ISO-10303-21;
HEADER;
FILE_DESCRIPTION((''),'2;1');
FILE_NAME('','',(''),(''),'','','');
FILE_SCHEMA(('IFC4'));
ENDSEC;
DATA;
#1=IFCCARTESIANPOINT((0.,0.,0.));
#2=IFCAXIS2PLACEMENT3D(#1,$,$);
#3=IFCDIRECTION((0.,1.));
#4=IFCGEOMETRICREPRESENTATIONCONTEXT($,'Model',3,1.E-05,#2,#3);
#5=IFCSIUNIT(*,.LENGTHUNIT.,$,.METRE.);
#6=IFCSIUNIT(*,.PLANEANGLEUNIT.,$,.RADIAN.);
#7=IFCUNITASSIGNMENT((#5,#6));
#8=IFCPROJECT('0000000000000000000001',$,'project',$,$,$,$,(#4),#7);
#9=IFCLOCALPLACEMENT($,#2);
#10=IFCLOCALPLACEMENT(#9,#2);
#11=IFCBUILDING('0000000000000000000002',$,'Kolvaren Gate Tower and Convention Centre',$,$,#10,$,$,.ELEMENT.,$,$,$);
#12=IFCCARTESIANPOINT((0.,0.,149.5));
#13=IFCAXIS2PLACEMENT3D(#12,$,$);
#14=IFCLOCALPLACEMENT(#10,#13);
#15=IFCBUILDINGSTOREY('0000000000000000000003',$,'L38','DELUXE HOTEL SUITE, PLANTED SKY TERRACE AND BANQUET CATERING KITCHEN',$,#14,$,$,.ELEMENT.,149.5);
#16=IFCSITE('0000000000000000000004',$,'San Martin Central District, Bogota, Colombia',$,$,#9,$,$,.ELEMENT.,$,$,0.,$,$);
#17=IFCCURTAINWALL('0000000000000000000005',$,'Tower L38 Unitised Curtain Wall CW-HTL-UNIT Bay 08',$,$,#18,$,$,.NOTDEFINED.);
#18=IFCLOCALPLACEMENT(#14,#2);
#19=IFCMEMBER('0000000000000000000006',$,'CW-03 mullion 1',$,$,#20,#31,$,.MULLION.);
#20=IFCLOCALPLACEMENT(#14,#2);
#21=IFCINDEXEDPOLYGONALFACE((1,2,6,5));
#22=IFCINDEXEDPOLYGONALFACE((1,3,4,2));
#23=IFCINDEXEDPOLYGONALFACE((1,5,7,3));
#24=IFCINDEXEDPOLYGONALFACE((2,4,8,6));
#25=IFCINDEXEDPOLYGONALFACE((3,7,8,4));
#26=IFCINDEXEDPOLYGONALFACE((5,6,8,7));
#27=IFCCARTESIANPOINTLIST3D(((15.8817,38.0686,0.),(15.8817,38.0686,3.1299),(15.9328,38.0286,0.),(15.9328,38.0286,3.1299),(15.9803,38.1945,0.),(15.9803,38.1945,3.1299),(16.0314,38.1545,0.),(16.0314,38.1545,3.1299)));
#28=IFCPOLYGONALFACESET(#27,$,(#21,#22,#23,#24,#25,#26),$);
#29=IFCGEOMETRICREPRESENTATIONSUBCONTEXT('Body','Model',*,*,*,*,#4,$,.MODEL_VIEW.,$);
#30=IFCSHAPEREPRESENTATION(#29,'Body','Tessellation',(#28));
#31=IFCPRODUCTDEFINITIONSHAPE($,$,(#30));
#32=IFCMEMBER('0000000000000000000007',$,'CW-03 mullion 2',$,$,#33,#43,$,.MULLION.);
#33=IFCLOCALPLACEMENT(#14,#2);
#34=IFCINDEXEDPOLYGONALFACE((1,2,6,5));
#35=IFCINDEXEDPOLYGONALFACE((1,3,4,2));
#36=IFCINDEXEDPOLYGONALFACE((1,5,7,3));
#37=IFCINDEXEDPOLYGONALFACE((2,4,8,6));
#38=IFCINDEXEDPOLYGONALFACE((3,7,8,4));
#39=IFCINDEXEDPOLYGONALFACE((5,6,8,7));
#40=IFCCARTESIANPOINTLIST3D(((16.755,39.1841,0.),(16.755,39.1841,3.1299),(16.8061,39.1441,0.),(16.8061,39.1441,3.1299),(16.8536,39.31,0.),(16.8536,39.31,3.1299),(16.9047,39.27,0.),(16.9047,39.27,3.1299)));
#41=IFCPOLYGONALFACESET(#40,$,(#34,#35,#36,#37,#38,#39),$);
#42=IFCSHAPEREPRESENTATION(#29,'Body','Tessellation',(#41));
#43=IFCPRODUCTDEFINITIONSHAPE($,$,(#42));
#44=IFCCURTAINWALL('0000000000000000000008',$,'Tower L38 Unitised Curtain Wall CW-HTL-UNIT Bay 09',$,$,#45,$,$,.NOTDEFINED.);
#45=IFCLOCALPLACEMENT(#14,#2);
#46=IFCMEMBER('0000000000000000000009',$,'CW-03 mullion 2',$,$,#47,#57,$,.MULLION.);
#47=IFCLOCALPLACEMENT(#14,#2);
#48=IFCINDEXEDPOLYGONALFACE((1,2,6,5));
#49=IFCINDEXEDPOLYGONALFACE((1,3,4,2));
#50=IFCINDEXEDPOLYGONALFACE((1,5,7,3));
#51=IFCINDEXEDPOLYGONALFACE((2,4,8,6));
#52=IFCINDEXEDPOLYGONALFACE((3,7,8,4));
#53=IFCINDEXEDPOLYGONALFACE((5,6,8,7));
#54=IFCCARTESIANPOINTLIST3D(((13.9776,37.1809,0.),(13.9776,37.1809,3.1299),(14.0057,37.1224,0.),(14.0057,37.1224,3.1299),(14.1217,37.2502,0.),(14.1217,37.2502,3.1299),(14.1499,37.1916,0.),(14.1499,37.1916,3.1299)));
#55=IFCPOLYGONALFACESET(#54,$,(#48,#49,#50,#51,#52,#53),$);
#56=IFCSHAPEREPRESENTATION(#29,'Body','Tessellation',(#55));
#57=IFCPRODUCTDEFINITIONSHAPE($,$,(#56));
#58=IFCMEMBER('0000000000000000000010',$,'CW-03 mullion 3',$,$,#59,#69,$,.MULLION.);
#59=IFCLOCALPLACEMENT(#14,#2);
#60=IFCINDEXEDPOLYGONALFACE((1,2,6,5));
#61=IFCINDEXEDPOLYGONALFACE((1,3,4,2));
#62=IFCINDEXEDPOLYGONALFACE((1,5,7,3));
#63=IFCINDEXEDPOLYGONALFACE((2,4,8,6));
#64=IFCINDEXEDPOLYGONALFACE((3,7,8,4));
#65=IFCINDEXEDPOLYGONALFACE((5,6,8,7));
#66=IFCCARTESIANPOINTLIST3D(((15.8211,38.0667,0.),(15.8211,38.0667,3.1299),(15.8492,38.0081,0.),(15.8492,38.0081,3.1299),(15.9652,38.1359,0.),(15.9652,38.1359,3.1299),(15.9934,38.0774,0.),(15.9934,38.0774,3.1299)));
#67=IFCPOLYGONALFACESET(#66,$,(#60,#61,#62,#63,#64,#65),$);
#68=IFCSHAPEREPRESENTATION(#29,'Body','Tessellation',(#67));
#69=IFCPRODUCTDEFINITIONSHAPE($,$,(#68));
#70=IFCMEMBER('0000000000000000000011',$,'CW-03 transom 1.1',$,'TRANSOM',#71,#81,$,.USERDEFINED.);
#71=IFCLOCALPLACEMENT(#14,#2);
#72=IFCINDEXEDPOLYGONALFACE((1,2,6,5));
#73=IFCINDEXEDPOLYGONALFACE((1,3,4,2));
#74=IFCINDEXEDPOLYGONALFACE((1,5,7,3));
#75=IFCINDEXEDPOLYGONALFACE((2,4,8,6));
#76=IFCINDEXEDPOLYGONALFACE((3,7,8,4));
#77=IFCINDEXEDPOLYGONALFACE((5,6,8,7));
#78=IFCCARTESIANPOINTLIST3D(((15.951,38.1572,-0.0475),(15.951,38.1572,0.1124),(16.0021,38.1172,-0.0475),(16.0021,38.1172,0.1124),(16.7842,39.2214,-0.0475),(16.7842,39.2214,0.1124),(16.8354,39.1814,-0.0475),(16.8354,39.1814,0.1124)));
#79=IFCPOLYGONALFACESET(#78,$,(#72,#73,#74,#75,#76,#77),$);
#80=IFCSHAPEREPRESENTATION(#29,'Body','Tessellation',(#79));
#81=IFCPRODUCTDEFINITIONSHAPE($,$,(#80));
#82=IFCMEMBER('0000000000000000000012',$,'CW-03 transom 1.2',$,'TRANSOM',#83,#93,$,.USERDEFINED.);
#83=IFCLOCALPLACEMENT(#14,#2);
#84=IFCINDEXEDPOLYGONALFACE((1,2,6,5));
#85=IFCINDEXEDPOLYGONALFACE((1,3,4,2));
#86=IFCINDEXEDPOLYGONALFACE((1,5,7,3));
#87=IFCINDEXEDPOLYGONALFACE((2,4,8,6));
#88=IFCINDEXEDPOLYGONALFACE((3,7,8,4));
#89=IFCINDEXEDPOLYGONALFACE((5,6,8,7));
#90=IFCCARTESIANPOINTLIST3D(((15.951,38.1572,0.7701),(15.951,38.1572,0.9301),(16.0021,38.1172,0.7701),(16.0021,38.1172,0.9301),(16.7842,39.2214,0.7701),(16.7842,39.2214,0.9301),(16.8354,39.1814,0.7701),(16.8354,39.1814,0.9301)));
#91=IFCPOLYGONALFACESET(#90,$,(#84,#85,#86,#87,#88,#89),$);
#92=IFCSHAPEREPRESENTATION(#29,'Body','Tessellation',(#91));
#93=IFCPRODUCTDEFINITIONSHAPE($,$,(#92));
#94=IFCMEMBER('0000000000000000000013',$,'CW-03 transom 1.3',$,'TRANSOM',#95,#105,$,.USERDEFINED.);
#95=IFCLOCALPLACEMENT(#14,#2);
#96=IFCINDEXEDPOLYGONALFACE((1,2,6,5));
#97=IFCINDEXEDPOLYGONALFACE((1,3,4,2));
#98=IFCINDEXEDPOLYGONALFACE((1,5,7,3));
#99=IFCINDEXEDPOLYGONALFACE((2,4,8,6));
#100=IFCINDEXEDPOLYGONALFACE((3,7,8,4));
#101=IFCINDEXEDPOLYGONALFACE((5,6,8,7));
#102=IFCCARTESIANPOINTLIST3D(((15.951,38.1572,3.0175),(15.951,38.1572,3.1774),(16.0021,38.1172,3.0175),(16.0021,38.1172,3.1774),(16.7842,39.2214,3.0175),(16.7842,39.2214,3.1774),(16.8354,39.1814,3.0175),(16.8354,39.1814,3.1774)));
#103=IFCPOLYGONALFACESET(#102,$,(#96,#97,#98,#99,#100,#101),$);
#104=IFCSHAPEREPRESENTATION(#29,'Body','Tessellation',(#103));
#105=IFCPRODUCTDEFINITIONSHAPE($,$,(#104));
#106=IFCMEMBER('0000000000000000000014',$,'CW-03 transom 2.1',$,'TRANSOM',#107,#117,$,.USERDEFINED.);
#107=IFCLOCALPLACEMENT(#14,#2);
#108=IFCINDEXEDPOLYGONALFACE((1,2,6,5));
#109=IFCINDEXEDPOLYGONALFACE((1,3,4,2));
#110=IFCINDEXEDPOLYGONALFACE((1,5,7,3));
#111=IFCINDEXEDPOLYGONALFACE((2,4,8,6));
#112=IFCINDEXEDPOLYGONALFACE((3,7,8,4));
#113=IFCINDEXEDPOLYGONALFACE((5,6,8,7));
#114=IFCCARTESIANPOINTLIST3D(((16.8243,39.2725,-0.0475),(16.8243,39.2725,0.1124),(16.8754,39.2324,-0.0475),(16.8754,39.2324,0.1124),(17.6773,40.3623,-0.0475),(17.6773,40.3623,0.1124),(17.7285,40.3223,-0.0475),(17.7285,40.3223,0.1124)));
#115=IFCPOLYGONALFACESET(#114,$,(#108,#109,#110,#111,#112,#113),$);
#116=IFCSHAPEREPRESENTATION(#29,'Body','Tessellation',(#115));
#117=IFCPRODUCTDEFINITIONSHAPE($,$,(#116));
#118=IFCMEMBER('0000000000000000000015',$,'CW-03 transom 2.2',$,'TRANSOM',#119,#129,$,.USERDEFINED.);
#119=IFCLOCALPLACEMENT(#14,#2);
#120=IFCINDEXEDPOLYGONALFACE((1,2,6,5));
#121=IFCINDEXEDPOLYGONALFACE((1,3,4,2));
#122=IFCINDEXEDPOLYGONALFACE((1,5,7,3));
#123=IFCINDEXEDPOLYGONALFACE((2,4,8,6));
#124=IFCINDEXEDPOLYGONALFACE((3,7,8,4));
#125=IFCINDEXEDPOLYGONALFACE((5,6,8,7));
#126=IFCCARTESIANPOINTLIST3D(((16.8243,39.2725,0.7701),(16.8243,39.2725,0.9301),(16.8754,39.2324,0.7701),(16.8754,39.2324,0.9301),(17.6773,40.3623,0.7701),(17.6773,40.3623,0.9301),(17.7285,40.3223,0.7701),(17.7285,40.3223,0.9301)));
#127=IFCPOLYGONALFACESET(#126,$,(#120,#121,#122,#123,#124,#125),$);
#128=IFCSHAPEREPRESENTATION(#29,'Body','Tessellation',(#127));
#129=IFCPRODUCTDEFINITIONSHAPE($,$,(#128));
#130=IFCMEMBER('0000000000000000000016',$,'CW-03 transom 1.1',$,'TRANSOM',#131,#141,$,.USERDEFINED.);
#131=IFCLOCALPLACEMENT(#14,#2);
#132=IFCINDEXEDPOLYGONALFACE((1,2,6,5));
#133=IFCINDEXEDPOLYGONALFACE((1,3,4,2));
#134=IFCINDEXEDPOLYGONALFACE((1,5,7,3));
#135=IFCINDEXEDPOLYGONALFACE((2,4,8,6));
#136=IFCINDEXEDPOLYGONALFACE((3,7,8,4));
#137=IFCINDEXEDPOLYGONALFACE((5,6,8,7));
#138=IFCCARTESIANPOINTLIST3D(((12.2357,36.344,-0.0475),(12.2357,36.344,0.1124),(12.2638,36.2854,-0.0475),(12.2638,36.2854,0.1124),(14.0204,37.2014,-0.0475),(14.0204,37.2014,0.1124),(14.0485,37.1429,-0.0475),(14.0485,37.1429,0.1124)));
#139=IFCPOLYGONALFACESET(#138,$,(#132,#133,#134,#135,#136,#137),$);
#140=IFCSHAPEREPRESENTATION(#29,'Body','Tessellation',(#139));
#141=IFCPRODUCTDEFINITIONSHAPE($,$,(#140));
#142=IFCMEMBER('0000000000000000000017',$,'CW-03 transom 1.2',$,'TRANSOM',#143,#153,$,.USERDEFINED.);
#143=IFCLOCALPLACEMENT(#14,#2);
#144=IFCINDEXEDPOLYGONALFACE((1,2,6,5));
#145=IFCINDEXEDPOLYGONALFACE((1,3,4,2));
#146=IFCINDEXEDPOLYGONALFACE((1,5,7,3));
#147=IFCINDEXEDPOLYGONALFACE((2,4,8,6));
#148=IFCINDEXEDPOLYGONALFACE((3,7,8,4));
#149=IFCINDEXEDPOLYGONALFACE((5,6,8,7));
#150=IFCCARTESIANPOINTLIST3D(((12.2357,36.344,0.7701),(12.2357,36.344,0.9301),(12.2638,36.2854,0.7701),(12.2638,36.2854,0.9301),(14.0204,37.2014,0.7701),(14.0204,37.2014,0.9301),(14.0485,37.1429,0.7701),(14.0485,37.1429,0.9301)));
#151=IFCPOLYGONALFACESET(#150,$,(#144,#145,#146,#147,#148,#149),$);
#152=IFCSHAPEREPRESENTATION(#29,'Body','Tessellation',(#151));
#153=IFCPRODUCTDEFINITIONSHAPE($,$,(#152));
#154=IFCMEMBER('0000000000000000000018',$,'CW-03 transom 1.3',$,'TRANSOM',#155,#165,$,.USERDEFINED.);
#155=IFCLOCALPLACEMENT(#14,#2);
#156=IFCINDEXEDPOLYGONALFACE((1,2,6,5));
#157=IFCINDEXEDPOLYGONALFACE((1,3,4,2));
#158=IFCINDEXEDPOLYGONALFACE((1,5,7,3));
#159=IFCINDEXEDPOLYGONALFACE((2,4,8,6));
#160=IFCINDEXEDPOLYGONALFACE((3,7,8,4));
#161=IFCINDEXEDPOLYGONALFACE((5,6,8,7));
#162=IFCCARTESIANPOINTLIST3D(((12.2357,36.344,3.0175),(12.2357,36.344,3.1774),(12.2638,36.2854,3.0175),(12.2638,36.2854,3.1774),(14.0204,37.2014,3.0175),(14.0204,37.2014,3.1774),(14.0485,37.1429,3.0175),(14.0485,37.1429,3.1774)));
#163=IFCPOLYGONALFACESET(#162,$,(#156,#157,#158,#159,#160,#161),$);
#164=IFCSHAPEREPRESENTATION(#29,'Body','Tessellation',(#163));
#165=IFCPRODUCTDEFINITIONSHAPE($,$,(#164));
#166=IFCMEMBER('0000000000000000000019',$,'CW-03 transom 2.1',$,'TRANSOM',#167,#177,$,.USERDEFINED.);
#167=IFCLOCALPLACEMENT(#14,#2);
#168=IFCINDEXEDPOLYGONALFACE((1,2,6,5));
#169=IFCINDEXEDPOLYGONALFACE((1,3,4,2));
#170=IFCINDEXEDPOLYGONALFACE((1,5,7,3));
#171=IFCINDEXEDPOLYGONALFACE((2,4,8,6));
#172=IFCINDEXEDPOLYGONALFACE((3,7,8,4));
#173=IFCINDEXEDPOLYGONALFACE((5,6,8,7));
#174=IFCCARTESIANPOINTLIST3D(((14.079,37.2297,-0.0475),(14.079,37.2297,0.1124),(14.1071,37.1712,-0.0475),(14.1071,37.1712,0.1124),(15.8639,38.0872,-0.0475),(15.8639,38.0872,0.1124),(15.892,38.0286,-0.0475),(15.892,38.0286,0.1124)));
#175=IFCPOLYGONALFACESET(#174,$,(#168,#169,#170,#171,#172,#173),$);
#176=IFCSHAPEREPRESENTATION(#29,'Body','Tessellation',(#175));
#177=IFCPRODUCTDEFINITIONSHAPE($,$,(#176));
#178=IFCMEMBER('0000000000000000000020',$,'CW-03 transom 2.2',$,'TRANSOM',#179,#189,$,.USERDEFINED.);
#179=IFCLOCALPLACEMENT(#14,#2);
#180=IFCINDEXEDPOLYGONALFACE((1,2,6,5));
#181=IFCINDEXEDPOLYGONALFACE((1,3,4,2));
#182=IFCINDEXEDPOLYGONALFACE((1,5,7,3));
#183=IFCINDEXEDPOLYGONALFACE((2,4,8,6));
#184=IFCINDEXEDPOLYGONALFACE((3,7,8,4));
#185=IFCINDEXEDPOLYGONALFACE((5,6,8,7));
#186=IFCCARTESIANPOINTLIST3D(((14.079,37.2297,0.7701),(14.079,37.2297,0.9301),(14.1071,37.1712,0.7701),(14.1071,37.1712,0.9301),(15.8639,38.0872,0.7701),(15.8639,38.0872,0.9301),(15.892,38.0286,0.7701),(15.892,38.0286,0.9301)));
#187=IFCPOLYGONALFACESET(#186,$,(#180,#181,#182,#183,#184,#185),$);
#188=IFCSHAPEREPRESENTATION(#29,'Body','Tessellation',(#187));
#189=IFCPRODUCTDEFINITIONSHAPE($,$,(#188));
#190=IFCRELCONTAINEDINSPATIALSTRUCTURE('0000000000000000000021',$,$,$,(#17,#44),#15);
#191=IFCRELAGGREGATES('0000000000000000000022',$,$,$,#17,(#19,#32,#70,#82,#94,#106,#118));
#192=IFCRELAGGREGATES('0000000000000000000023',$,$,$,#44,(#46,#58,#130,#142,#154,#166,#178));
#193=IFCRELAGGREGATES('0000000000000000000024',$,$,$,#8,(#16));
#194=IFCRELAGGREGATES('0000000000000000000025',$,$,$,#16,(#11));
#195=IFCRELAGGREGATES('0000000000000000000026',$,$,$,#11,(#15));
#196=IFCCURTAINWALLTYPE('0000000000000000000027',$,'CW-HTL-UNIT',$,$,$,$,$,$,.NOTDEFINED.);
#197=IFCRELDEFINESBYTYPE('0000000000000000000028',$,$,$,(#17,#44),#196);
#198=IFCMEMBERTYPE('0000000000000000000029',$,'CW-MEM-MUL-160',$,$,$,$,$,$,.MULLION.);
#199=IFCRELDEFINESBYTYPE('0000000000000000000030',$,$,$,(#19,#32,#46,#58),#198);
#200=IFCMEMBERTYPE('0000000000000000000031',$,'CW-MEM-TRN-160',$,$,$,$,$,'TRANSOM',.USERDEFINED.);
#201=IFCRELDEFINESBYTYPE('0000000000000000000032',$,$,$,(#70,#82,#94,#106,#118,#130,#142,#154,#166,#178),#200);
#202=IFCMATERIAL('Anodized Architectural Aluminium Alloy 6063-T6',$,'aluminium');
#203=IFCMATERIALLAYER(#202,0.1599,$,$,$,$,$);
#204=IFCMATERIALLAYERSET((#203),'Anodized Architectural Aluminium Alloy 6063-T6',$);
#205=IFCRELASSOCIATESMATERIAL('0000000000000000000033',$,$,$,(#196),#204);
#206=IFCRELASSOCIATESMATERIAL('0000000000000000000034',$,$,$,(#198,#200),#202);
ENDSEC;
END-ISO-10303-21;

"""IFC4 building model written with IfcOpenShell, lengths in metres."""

from ifc_helpers import new_model, si_unit, direction, frame, origin, origin_2d, place, context, subcontext, project, spatial, rectangle, extrude, material, layer, layer_set, material_profile, profile_set, type_object, element, aggregate, save


model = new_model("IFC4")

# Units and contexts
model_context = context("Model", 3, precision=1e-05, world=origin(), true_north=direction((0.0, 1.0)))
body_context = subcontext(model_context, "Body", "Model", "MODEL_VIEW")
ifc_project = project(units=[si_unit("LENGTHUNIT", "METRE"), si_unit("PLANEANGLEUNIT", "RADIAN")], contexts=[model_context])

# Site, building, storey
site_placement = place(None, origin())
site = spatial("IfcSite", under=ifc_project, at=site_placement, Name="San Martin Central District, Bogota, Colombia", CompositionType="ELEMENT", RefElevation=0.0)
building_placement = place(site_placement, origin())
building = spatial("IfcBuilding", under=site, at=building_placement, Name="Kolvaren Gate Tower and Convention Centre", CompositionType="ELEMENT")
storey_placement = place(building_placement, frame((0.0, 0.0, 149.5)))
storey = spatial("IfcBuildingStorey", under=building, at=storey_placement, Name="L38", Description="DELUXE HOTEL SUITE, PLANTED SKY TERRACE AND BANQUET CATERING KITCHEN", CompositionType="ELEMENT", Elevation=149.5)

# Curtain walls, members
ifc_material_1 = material(Name="Anodized Architectural Aluminium Alloy 6063-T6", Category="aluminium")
ifc_layer_1 = layer(ifc_material_1, 0.1599)
ifc_layer_set_1 = layer_set([ifc_layer_1], Name="Anodized Architectural Aluminium Alloy 6063-T6")
curtain_wall_type = type_object("IfcCurtainWallType", Name="CW-HTL-UNIT", PredefinedType="NOTDEFINED", material=ifc_layer_set_1)
curtain_wall_1_placement = place(storey_placement, origin())
curtain_wall_1 = element("IfcCurtainWall", 1, at=curtain_wall_1_placement, inside=storey, type_object=curtain_wall_type, Name="Tower L38 Unitised Curtain Wall CW-HTL-UNIT Bay 08", PredefinedType="NOTDEFINED")
ifc_material_profile_1 = material_profile(ifc_material_1, rectangle(XDim=0.0649, YDim=0.1599, at=origin_2d()), Name="CW-MEM-MUL-160")
ifc_profile_set_1 = profile_set([ifc_material_profile_1], Name="Anodized Architectural Aluminium Alloy 6063-T6")
member_type_1 = type_object("IfcMemberType", Name="CW-MEM-MUL-160", PredefinedType="MULLION", material=ifc_profile_set_1)
member_1_placement = place(storey_placement, frame((15.9565, 38.1116, 0.0), z_axis=(0.0, 0.0, 1.0), x_axis=(-0.787395, 0.616449, 0.0)))
member_1 = element("IfcMember", 2, at=member_1_placement, type_object=member_type_1, Name="CW-03 mullion 1", PredefinedType="MULLION", context=body_context, shape_type="SweptSolid", body=[
    extrude(rectangle(XDim=0.0649, YDim=0.1599, at=origin_2d()), origin(), (0.0, 0.0, 1.0), 3.1299),
])
member_2_placement = place(storey_placement, frame((16.8298, 39.2271, 0.0), z_axis=(0.0, 0.0, 1.0), x_axis=(-0.787395, 0.616449, 0.0)))
member_2 = element("IfcMember", 3, at=member_2_placement, type_object=member_type_1, Name="CW-03 mullion 2", PredefinedType="MULLION", context=body_context, shape_type="SweptSolid", body=[
    extrude(rectangle(XDim=0.0649, YDim=0.1599, at=origin_2d()), origin(), (0.0, 0.0, 1.0), 3.1299),
])
curtain_wall_2_placement = place(storey_placement, origin())
curtain_wall_2 = element("IfcCurtainWall", 4, at=curtain_wall_2_placement, inside=storey, type_object=curtain_wall_type, Name="Tower L38 Unitised Curtain Wall CW-HTL-UNIT Bay 09", PredefinedType="NOTDEFINED")
member_3_placement = place(storey_placement, frame((14.0637, 37.1863, 0.0), z_axis=(0.0, 0.0, 1.0), x_axis=(-0.433065, 0.901363, 0.0)))
member_3 = element("IfcMember", 5, at=member_3_placement, type_object=member_type_1, Name="CW-03 mullion 2", PredefinedType="MULLION", context=body_context, shape_type="SweptSolid", body=[
    extrude(rectangle(XDim=0.0649, YDim=0.1599, at=origin_2d()), origin(), (0.0, 0.0, 1.0), 3.1299),
])
member_4_placement = place(storey_placement, frame((15.9072, 38.072, 0.0), z_axis=(0.0, 0.0, 1.0), x_axis=(-0.433065, 0.901363, 0.0)))
member_4 = element("IfcMember", 6, at=member_4_placement, type_object=member_type_1, Name="CW-03 mullion 3", PredefinedType="MULLION", context=body_context, shape_type="SweptSolid", body=[
    extrude(rectangle(XDim=0.0649, YDim=0.1599, at=origin_2d()), origin(), (0.0, 0.0, 1.0), 3.1299),
])

# Members
ifc_material_profile_2 = material_profile(ifc_material_1, rectangle(XDim=0.0649, YDim=0.1599, at=origin_2d()), Name="CW-MEM-TRN-160")
ifc_profile_set_2 = profile_set([ifc_material_profile_2], Name="Anodized Architectural Aluminium Alloy 6063-T6")
member_type_2 = type_object("IfcMemberType", Name="CW-MEM-TRN-160", ElementType="TRANSOM", PredefinedType="USERDEFINED", material=ifc_profile_set_2)
member_5_placement = place(storey_placement, frame((15.9766, 38.1372, 0.0325), z_axis=(0.616488, 0.787364, 0.0), x_axis=(-0.787364, 0.616488, 0.0)))
member_5 = element("IfcMember", 7, at=member_5_placement, type_object=member_type_2, Name="CW-03 transom 1.1", ObjectType="TRANSOM", PredefinedType="USERDEFINED", context=body_context, shape_type="SweptSolid", body=[
    extrude(rectangle(XDim=0.0649, YDim=0.1599, at=origin_2d()), origin(), (0.0, 0.0, 1.0), 1.3516),
])
member_6_placement = place(storey_placement, frame((15.9766, 38.1372, 0.8501), z_axis=(0.616488, 0.787364, 0.0), x_axis=(-0.787364, 0.616488, 0.0)))
member_6 = element("IfcMember", 8, at=member_6_placement, type_object=member_type_2, Name="CW-03 transom 1.2", ObjectType="TRANSOM", PredefinedType="USERDEFINED", context=body_context, shape_type="SweptSolid", body=[
    extrude(rectangle(XDim=0.0649, YDim=0.1599, at=origin_2d()), origin(), (0.0, 0.0, 1.0), 1.3516),
])
member_7_placement = place(storey_placement, frame((15.9766, 38.1372, 3.0974), z_axis=(0.616488, 0.787364, 0.0), x_axis=(-0.787364, 0.616488, 0.0)))
member_7 = element("IfcMember", 9, at=member_7_placement, type_object=member_type_2, Name="CW-03 transom 1.3", ObjectType="TRANSOM", PredefinedType="USERDEFINED", context=body_context, shape_type="SweptSolid", body=[
    extrude(rectangle(XDim=0.0649, YDim=0.1599, at=origin_2d()), origin(), (0.0, 0.0, 1.0), 1.3516),
])
member_8_placement = place(storey_placement, frame((16.8499, 39.2524, 0.0325), z_axis=(0.616356, 0.787468, 0.0), x_axis=(-0.787468, 0.616356, 0.0)))
member_8 = element("IfcMember", 10, at=member_8_placement, type_object=member_type_2, Name="CW-03 transom 2.1", ObjectType="TRANSOM", PredefinedType="USERDEFINED", context=body_context, shape_type="SweptSolid", body=[
    extrude(rectangle(XDim=0.0649, YDim=0.1599, at=origin_2d()), origin(), (0.0, 0.0, 1.0), 1.384),
])
member_9_placement = place(storey_placement, frame((16.8499, 39.2524, 0.8501), z_axis=(0.616356, 0.787468, 0.0), x_axis=(-0.787468, 0.616356, 0.0)))
member_9 = element("IfcMember", 11, at=member_9_placement, type_object=member_type_2, Name="CW-03 transom 2.2", ObjectType="TRANSOM", PredefinedType="USERDEFINED", context=body_context, shape_type="SweptSolid", body=[
    extrude(rectangle(XDim=0.0649, YDim=0.1599, at=origin_2d()), origin(), (0.0, 0.0, 1.0), 1.384),
])
member_10_placement = place(storey_placement, frame((12.2498, 36.3147, 0.0325), z_axis=(0.901369, 0.433052, 0.0), x_axis=(-0.433052, 0.901369, 0.0)))
member_10 = element("IfcMember", 12, at=member_10_placement, type_object=member_type_2, Name="CW-03 transom 1.1", ObjectType="TRANSOM", PredefinedType="USERDEFINED", context=body_context, shape_type="SweptSolid", body=[
    extrude(rectangle(XDim=0.0649, YDim=0.1599, at=origin_2d()), origin(), (0.0, 0.0, 1.0), 1.98),
])
member_11_placement = place(storey_placement, frame((12.2498, 36.3147, 0.8501), z_axis=(0.901369, 0.433052, 0.0), x_axis=(-0.433052, 0.901369, 0.0)))
member_11 = element("IfcMember", 13, at=member_11_placement, type_object=member_type_2, Name="CW-03 transom 1.2", ObjectType="TRANSOM", PredefinedType="USERDEFINED", context=body_context, shape_type="SweptSolid", body=[
    extrude(rectangle(XDim=0.0649, YDim=0.1599, at=origin_2d()), origin(), (0.0, 0.0, 1.0), 1.98),
])
member_12_placement = place(storey_placement, frame((12.2498, 36.3147, 3.0974), z_axis=(0.901369, 0.433052, 0.0), x_axis=(-0.433052, 0.901369, 0.0)))
member_12 = element("IfcMember", 14, at=member_12_placement, type_object=member_type_2, Name="CW-03 transom 1.3", ObjectType="TRANSOM", PredefinedType="USERDEFINED", context=body_context, shape_type="SweptSolid", body=[
    extrude(rectangle(XDim=0.0649, YDim=0.1599, at=origin_2d()), origin(), (0.0, 0.0, 1.0), 1.98),
])
member_13_placement = place(storey_placement, frame((14.093, 37.2004, 0.0325), z_axis=(0.901392, 0.433004, 0.0), x_axis=(-0.433004, 0.901392, 0.0)))
member_13 = element("IfcMember", 15, at=member_13_placement, type_object=member_type_2, Name="CW-03 transom 2.1", ObjectType="TRANSOM", PredefinedType="USERDEFINED", context=body_context, shape_type="SweptSolid", body=[
    extrude(rectangle(XDim=0.0649, YDim=0.1599, at=origin_2d()), origin(), (0.0, 0.0, 1.0), 1.9802),
])
member_14_placement = place(storey_placement, frame((14.093, 37.2004, 0.8501), z_axis=(0.901392, 0.433004, 0.0), x_axis=(-0.433004, 0.901392, 0.0)))
member_14 = element("IfcMember", 16, at=member_14_placement, type_object=member_type_2, Name="CW-03 transom 2.2", ObjectType="TRANSOM", PredefinedType="USERDEFINED", context=body_context, shape_type="SweptSolid", body=[
    extrude(rectangle(XDim=0.0649, YDim=0.1599, at=origin_2d()), origin(), (0.0, 0.0, 1.0), 1.9802),
])

aggregate(curtain_wall_1, [member_1, member_2, member_5, member_6, member_7, member_8, member_9])
aggregate(curtain_wall_2, [member_3, member_4, member_10, member_11, member_12, member_13, member_14])

save(model, "model.ifc")
